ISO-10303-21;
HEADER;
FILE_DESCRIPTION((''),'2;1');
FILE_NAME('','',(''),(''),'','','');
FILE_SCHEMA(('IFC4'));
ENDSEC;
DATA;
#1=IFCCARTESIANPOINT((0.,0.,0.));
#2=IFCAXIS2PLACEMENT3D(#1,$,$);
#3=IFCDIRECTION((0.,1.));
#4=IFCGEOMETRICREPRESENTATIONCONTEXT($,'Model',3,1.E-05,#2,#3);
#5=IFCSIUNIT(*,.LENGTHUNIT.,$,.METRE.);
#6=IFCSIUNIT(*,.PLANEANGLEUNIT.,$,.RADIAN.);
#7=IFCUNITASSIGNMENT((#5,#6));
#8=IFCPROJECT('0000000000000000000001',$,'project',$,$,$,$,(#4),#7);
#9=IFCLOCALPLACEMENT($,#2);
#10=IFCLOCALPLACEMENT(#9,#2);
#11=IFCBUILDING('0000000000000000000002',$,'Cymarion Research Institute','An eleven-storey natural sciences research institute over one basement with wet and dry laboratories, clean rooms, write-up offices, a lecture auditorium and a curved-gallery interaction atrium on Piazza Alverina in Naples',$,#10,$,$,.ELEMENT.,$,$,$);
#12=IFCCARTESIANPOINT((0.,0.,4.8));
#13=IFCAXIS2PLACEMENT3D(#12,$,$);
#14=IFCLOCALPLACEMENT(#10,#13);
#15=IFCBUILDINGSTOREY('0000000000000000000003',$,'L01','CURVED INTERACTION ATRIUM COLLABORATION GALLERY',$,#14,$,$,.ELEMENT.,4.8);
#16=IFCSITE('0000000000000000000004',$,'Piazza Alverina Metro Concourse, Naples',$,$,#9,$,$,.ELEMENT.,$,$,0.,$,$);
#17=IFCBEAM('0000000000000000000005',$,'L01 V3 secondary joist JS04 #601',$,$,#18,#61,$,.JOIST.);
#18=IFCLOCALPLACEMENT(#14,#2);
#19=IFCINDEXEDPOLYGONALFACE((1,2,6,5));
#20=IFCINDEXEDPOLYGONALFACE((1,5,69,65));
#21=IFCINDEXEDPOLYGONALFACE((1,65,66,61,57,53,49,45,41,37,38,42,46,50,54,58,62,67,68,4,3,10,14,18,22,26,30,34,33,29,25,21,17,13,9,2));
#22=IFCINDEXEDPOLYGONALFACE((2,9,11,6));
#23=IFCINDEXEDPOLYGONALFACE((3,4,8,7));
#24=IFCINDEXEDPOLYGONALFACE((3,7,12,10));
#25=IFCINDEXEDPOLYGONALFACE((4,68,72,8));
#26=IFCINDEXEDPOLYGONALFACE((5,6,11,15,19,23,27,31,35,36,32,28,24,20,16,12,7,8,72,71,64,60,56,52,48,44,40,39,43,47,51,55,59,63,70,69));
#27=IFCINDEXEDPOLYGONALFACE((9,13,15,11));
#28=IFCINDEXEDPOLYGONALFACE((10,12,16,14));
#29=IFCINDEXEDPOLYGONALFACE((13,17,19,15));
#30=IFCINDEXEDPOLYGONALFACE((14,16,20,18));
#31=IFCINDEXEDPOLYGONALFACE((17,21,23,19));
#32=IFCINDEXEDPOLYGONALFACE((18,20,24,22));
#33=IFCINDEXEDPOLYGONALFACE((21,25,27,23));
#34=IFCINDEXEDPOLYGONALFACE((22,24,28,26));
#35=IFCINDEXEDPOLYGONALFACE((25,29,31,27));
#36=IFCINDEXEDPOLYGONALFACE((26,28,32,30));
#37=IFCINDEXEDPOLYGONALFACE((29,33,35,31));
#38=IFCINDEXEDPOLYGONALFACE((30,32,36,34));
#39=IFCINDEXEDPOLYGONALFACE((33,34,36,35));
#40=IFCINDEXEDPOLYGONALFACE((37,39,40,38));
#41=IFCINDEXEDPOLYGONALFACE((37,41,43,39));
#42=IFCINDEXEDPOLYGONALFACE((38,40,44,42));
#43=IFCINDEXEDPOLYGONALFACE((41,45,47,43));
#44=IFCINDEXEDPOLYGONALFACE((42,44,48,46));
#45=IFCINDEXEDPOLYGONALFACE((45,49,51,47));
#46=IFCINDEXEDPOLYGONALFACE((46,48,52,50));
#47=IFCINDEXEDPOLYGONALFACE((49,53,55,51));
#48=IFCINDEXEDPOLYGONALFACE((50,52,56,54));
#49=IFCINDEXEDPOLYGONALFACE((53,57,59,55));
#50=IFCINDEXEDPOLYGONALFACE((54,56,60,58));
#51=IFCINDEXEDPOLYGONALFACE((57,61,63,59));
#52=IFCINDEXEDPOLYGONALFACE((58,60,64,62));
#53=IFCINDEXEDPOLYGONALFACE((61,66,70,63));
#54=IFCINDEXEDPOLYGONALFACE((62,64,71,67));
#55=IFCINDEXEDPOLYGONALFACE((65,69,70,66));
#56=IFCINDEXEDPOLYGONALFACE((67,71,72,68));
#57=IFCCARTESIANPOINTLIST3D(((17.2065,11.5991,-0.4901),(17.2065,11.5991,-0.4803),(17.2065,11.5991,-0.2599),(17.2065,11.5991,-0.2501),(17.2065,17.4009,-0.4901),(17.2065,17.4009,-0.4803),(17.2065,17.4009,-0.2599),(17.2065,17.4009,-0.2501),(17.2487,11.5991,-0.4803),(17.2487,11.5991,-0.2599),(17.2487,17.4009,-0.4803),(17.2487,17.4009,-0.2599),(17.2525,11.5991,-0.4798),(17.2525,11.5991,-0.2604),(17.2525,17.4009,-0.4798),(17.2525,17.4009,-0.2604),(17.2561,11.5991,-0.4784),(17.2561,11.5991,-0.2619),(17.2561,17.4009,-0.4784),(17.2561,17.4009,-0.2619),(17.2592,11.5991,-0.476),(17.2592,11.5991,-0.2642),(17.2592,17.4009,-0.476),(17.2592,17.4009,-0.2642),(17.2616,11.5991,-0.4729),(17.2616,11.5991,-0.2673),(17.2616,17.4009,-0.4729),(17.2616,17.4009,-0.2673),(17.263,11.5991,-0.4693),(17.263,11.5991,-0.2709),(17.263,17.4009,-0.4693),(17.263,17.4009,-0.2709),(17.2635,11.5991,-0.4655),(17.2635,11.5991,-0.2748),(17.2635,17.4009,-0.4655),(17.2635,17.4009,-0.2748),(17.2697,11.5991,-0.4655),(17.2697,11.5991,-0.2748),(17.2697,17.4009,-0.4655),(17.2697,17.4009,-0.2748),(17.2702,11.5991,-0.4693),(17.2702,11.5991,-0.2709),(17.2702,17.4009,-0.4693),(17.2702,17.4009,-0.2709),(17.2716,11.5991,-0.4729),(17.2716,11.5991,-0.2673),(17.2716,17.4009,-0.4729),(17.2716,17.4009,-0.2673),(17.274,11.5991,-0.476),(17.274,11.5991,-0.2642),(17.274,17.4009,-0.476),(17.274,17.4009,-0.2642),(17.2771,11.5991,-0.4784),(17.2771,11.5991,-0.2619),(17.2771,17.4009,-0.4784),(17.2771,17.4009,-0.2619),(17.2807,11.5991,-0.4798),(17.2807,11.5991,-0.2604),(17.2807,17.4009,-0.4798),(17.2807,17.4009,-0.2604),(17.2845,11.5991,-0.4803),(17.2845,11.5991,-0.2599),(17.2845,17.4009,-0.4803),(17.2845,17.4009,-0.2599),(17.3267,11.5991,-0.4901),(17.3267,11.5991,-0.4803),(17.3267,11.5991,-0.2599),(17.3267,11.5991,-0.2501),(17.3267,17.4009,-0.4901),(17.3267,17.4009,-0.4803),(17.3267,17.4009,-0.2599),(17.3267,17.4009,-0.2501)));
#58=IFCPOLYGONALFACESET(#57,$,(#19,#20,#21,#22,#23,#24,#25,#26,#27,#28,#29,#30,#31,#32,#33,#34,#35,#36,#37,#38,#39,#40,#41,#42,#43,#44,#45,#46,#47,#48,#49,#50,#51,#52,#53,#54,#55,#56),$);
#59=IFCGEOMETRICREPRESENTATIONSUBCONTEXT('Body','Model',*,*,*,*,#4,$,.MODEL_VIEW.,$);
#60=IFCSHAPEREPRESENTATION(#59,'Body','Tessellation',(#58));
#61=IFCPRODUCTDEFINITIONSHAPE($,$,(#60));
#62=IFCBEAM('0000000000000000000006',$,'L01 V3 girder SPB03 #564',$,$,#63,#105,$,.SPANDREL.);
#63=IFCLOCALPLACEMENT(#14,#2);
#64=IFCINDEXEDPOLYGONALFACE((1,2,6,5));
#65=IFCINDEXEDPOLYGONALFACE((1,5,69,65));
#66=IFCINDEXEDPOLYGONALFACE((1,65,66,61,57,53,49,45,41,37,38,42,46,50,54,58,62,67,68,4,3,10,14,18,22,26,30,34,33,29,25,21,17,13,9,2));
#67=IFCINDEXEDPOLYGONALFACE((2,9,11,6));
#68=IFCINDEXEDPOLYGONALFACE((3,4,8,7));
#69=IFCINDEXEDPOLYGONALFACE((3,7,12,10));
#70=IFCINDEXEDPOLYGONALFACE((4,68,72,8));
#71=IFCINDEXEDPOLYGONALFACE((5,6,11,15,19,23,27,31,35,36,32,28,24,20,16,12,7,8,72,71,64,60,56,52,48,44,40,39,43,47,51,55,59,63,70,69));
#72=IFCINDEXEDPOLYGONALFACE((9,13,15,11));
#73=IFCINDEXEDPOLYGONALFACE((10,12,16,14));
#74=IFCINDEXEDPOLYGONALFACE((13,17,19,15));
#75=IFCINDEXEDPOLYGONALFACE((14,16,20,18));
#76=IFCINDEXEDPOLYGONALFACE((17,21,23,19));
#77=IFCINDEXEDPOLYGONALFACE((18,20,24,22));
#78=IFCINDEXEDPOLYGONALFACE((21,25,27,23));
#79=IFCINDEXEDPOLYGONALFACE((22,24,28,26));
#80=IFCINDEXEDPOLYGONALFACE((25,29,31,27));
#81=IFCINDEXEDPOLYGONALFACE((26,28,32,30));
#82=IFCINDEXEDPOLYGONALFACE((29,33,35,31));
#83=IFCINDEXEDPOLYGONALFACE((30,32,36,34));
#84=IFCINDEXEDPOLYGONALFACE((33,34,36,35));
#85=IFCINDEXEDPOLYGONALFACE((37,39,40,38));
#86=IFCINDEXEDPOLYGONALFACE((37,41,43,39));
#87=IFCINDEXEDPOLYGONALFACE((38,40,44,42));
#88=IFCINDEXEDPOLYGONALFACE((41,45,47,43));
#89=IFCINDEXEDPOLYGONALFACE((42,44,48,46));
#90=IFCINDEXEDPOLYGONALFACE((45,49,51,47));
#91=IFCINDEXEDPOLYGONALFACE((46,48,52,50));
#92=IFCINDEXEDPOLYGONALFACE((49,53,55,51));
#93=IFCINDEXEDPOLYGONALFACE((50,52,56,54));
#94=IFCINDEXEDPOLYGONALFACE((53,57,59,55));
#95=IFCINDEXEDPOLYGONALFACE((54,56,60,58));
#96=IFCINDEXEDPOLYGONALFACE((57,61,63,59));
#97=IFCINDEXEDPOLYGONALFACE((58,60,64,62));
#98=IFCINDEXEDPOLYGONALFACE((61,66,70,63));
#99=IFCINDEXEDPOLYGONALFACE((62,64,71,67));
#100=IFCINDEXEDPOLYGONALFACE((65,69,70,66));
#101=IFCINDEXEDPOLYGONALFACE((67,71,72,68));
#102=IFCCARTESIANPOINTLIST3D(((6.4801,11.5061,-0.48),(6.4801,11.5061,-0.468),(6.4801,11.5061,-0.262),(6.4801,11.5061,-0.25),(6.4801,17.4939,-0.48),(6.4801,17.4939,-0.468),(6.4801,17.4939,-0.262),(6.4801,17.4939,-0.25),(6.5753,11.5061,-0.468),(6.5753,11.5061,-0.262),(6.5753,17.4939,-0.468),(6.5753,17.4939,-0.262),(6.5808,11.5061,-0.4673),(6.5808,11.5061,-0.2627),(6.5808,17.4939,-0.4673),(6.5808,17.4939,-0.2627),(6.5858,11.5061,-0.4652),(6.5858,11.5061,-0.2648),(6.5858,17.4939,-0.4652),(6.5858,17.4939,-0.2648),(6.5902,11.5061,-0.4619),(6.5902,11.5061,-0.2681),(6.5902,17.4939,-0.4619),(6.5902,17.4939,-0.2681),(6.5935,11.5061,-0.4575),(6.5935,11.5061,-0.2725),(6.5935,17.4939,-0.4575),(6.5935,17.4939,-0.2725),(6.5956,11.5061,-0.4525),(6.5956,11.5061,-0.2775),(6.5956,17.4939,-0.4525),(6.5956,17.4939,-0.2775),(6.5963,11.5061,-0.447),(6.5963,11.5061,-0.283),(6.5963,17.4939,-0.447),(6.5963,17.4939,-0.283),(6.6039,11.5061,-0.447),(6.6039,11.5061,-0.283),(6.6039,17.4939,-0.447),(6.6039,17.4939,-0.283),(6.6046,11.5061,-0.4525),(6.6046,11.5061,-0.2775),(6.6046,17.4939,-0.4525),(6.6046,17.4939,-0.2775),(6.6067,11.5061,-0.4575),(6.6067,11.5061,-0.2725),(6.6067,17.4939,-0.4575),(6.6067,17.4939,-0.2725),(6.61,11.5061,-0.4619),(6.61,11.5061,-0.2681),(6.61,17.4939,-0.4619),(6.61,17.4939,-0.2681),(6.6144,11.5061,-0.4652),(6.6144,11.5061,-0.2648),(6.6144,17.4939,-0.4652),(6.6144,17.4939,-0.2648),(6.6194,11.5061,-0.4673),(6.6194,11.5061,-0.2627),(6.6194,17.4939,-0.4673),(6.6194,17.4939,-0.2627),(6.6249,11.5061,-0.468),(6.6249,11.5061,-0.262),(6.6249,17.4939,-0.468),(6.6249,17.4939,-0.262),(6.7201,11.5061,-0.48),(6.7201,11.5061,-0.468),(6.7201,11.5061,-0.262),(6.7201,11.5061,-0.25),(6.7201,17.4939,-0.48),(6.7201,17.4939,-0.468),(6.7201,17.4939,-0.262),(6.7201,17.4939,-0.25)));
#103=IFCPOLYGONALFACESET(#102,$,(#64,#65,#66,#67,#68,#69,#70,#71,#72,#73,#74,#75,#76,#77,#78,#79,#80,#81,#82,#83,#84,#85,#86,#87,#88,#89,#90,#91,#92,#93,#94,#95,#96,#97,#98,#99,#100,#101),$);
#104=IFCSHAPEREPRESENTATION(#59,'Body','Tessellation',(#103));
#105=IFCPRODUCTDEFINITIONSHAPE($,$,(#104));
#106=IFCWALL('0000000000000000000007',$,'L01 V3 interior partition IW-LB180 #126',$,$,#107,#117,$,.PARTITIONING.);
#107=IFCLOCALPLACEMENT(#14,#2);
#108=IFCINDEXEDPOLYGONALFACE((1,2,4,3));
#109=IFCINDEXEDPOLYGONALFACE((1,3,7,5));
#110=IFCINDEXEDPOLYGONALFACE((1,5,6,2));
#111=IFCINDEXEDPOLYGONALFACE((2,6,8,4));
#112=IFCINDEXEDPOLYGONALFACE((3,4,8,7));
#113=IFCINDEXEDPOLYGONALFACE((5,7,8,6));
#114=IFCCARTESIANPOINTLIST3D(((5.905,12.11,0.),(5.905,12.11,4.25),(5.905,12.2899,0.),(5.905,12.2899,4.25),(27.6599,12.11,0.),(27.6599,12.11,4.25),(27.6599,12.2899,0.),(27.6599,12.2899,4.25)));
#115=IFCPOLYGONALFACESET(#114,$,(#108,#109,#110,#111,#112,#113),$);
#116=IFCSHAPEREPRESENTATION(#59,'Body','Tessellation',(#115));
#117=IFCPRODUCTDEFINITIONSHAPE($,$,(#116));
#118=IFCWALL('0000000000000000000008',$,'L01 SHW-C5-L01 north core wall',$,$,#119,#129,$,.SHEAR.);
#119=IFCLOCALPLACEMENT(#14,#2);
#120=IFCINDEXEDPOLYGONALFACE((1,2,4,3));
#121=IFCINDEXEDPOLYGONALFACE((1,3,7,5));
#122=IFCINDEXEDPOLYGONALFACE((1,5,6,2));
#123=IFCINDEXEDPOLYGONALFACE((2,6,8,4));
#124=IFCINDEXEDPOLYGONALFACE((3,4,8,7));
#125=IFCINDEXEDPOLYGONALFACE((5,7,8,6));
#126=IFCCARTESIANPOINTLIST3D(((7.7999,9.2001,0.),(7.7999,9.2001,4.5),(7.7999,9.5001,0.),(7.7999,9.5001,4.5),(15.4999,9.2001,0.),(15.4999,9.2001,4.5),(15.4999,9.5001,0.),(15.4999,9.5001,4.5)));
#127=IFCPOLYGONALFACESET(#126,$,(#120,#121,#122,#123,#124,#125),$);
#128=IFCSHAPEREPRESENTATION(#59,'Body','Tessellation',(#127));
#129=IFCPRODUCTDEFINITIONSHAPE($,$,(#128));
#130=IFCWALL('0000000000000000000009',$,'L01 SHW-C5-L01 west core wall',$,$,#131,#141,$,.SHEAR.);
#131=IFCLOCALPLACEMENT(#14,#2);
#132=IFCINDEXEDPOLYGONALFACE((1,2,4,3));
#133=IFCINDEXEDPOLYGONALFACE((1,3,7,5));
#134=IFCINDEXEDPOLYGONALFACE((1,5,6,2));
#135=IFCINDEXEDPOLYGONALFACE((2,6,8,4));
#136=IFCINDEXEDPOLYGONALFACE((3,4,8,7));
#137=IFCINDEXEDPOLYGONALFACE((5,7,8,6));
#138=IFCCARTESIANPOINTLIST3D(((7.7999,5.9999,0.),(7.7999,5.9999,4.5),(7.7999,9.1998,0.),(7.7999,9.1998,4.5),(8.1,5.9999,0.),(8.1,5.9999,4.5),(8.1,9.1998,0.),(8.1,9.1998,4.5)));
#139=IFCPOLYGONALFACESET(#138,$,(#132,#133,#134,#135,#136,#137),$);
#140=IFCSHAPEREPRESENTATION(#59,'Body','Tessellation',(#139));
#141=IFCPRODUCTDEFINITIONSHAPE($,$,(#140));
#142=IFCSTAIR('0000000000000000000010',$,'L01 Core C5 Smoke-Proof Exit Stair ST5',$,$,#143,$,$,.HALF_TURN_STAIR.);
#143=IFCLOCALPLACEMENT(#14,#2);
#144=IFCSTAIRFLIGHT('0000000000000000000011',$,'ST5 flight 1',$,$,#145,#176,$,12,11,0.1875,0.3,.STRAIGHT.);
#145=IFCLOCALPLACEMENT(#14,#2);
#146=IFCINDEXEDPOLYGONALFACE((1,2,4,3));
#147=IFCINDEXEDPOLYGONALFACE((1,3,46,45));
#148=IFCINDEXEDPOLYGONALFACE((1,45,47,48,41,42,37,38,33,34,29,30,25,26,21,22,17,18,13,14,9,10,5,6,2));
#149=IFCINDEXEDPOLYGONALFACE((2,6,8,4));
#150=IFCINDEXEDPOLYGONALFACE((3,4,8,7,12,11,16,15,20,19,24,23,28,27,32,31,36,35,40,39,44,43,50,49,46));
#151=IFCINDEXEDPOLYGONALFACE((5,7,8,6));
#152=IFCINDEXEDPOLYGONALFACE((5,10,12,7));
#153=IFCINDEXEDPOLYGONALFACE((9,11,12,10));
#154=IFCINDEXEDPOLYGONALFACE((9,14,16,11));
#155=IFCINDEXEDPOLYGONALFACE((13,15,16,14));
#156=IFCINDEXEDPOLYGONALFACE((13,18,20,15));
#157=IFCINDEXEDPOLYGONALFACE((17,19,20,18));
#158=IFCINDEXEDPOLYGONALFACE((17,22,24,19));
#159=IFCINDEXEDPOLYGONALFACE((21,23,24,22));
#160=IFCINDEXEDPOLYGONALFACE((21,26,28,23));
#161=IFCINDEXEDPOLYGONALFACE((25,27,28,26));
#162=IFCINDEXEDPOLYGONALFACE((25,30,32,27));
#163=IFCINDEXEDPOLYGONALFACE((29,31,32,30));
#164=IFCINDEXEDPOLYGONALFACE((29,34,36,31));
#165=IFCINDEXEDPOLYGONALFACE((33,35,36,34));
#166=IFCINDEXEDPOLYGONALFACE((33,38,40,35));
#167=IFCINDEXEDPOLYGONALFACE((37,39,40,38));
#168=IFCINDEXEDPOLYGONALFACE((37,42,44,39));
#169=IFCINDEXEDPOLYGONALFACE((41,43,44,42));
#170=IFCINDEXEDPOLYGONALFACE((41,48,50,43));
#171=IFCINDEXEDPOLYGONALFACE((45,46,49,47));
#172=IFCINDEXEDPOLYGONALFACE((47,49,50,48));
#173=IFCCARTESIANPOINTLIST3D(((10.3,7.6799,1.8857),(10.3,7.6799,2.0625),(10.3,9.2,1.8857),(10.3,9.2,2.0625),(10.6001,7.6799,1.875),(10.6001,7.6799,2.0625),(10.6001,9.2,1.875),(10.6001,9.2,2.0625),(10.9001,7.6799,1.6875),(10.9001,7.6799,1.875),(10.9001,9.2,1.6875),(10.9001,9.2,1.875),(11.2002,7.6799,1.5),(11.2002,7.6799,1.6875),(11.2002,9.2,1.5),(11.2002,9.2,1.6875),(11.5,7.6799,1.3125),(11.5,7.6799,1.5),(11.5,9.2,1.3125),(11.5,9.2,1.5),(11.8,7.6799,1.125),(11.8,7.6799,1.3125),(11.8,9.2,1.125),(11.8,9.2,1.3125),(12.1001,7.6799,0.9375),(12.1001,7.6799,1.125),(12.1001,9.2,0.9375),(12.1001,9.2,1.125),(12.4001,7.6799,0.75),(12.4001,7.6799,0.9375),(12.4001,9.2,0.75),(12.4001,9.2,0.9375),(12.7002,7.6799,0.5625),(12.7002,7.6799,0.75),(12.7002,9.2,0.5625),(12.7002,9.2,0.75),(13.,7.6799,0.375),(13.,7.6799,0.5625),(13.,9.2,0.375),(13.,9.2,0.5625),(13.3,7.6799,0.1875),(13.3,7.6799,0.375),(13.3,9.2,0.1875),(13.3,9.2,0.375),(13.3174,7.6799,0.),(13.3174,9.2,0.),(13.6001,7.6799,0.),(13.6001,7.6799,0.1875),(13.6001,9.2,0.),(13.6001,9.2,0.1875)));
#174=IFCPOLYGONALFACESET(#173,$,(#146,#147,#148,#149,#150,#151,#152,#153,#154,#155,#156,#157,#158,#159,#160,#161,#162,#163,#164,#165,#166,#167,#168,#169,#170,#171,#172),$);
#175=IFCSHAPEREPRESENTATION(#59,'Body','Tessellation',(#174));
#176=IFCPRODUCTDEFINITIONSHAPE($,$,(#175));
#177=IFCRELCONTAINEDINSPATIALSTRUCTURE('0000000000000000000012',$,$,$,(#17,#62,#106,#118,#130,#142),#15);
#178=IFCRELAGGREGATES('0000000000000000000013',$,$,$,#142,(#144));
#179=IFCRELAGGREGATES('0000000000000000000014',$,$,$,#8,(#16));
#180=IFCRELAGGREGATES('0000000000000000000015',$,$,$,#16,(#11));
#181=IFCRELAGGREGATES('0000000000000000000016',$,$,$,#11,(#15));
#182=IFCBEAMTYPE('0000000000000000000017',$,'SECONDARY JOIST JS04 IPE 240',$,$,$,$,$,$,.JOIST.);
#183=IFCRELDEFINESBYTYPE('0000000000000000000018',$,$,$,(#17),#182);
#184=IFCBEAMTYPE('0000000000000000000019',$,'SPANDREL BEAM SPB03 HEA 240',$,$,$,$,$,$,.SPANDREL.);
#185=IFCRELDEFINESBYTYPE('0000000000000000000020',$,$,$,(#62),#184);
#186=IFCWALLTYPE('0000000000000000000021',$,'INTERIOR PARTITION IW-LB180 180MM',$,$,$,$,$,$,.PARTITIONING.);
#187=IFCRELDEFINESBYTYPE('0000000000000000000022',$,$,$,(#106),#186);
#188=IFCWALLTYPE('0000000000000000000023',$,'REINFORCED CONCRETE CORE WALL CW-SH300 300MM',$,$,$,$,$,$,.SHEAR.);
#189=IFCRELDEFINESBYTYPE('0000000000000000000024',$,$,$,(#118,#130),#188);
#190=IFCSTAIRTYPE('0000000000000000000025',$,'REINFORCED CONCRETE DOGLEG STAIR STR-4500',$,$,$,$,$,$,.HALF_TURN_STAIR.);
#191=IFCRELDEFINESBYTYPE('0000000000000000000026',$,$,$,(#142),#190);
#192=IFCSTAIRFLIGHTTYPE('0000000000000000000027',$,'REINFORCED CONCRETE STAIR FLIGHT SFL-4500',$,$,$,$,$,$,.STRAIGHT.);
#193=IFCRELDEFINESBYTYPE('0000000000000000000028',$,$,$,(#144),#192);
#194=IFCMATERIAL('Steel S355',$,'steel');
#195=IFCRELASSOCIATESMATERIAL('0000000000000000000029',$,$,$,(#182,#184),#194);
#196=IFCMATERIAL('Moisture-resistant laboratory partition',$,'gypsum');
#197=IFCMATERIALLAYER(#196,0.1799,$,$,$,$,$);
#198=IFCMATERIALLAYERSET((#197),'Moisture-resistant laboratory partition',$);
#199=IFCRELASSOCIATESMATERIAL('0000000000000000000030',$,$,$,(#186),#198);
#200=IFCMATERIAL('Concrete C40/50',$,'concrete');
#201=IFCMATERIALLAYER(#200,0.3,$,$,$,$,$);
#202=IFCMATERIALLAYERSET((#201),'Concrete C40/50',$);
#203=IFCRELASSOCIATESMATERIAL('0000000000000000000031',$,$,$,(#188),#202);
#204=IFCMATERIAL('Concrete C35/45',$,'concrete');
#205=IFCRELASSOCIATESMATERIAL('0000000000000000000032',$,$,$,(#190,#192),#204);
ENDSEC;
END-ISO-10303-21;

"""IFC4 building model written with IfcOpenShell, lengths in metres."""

from ifc_helpers import new_model, si_unit, direction, frame, frame_2d, origin, origin_2d, place, context, subcontext, project, spatial, polyline, rectangle, i_section, outline, extrude, material, layer, layer_set, material_profile, profile_set, type_object, element, aggregate, save


model = new_model("IFC4")

# Units and contexts
model_context = context("Model", 3, precision=1e-05, world=origin(), true_north=direction((0.0, 1.0)))
body_context = subcontext(model_context, "Body", "Model", "MODEL_VIEW")
ifc_project = project(units=[si_unit("LENGTHUNIT", "METRE"), si_unit("PLANEANGLEUNIT", "RADIAN")], contexts=[model_context])

# Site, building, storey
site_placement = place(None, origin())
site = spatial("IfcSite", under=ifc_project, at=site_placement, Name="Piazza Alverina Metro Concourse, Naples", CompositionType="ELEMENT", RefElevation=0.0)
building_placement = place(site_placement, origin())
building = spatial("IfcBuilding", under=site, at=building_placement, Name="Cymarion Research Institute", Description="An eleven-storey natural sciences research institute over one basement with wet and dry laboratories, clean rooms, write-up offices, a lecture auditorium and a curved-gallery interaction atrium on Piazza Alverina in Naples", CompositionType="ELEMENT")
storey_placement = place(building_placement, frame((0.0, 0.0, 4.8)))
storey = spatial("IfcBuildingStorey", under=building, at=storey_placement, Name="L01", Description="CURVED INTERACTION ATRIUM COLLABORATION GALLERY", CompositionType="ELEMENT", Elevation=4.8)

# Shared definitions
ifc_material_1 = material(Name="Concrete C40/50", Category="concrete")
ifc_material_2 = material(Name="Steel S355", Category="steel")

# Beams
ifc_material_profile_1 = material_profile(ifc_material_2, i_section(OverallWidth=0.1201, OverallDepth=0.24, WebThickness=0.0061, FlangeThickness=0.0098, FilletRadius=0.0149, at=origin_2d()), Name="IPE 240")
ifc_profile_set_1 = profile_set([ifc_material_profile_1], Name="Steel S355")
beam_type_1 = type_object("IfcBeamType", Name="SECONDARY JOIST JS04 IPE 240", PredefinedType="JOIST", material=ifc_profile_set_1)
for number, where, z_axis, x_axis, name in (
    (1, (17.2666, 11.5991, -0.3701), (0.0, 1.0, 0.0), (-1.0, 0.0, 0.0), "L01 V3 secondary joist JS04 #601"),
):
    element("IfcBeam", number, at=place(storey_placement, frame(where, z_axis=z_axis, x_axis=x_axis)), inside=storey, type_object=beam_type_1, Name=name, PredefinedType="JOIST", context=body_context, shape_type="SweptSolid", body=[
        extrude(i_section(OverallWidth=0.1201, OverallDepth=0.24, WebThickness=0.0061, FlangeThickness=0.0098, FilletRadius=0.0149, at=origin_2d()), origin(), (0.0, 0.0, 1.0), 5.8018),
    ])
ifc_material_profile_2 = material_profile(ifc_material_2, i_section(OverallWidth=0.24, OverallDepth=0.23, WebThickness=0.0076, FlangeThickness=0.012, FilletRadius=0.021, at=origin_2d()), Name="HEA 240")
ifc_profile_set_2 = profile_set([ifc_material_profile_2], Name="Steel S355")
beam_type_2 = type_object("IfcBeamType", Name="SPANDREL BEAM SPB03 HEA 240", PredefinedType="SPANDREL", material=ifc_profile_set_2)
beam_1_placement = place(storey_placement, frame((6.6001, 11.5061, -0.365), z_axis=(0.0, 1.0, 0.0), x_axis=(-1.0, 0.0, 0.0)))
element("IfcBeam", 2, at=beam_1_placement, inside=storey, type_object=beam_type_2, Name="L01 V3 girder SPB03 #564", PredefinedType="SPANDREL", context=body_context, shape_type="SweptSolid", body=[
    extrude(i_section(OverallWidth=0.24, OverallDepth=0.23, WebThickness=0.0076, FlangeThickness=0.012, FilletRadius=0.021, at=origin_2d()), origin(), (0.0, 0.0, 1.0), 5.9878),
])

# Walls
ifc_material_3 = material(Name="Moisture-resistant laboratory partition", Category="gypsum")
ifc_layer_1 = layer(ifc_material_3, 0.1799)
ifc_layer_set_1 = layer_set([ifc_layer_1], Name="Moisture-resistant laboratory partition")
wall_type_1 = type_object("IfcWallType", Name="INTERIOR PARTITION IW-LB180 180MM", PredefinedType="PARTITIONING", material=ifc_layer_set_1)
wall_1_placement = place(storey_placement, frame((5.905, 12.2, 0.0), z_axis=(0.0, 0.0, 1.0), x_axis=(1.0, 0.0, 0.0)))
element("IfcWall", 3, at=wall_1_placement, inside=storey, type_object=wall_type_1, Name="L01 V3 interior partition IW-LB180 #126", PredefinedType="PARTITIONING", context=body_context, shape_type="SweptSolid", body=[
    extrude(rectangle(XDim=21.7549, YDim=0.1799, at=frame_2d((10.8774, 0.0))), origin(), (0.0, 0.0, 1.0), 4.25),
])
ifc_layer_2 = layer(ifc_material_1, 0.3)
ifc_layer_set_2 = layer_set([ifc_layer_2], Name="Concrete C40/50")
wall_type_2 = type_object("IfcWallType", Name="REINFORCED CONCRETE CORE WALL CW-SH300 300MM", PredefinedType="SHEAR", material=ifc_layer_set_2)
wall_2_placement = place(storey_placement, frame((15.5, 9.3501, 0.0), z_axis=(0.0, 0.0, 1.0), x_axis=(-1.0, 0.0, 0.0)))
element("IfcWall", 4, at=wall_2_placement, inside=storey, type_object=wall_type_2, Name="L01 SHW-C5-L01 north core wall", PredefinedType="SHEAR", context=body_context, shape_type="SweptSolid", body=[
    extrude(rectangle(XDim=7.7, YDim=0.3, at=frame_2d((3.8501, 0.0))), origin(), (0.0, 0.0, 1.0), 4.5),
])
wall_3_placement = place(storey_placement, frame((7.95, 9.2, 0.0), z_axis=(0.0, 0.0, 1.0), x_axis=(0.0, -1.0, 0.0)))
element("IfcWall", 5, at=wall_3_placement, inside=storey, type_object=wall_type_2, Name="L01 SHW-C5-L01 west core wall", PredefinedType="SHEAR", context=body_context, shape_type="SweptSolid", body=[
    extrude(rectangle(XDim=3.2, YDim=0.3, at=frame_2d((1.6001, 0.0))), origin(), (0.0, 0.0, 1.0), 4.5),
])

# Stair, stair flight
ifc_material_4 = material(Name="Concrete C35/45", Category="concrete")
stair_type = type_object("IfcStairType", Name="REINFORCED CONCRETE DOGLEG STAIR STR-4500", PredefinedType="HALF_TURN_STAIR", material=ifc_material_4)
stair_placement = place(storey_placement, origin())
stair = element("IfcStair", 6, at=stair_placement, inside=storey, type_object=stair_type, Name="L01 Core C5 Smoke-Proof Exit Stair ST5", PredefinedType="HALF_TURN_STAIR")
stair_flight_type = type_object("IfcStairFlightType", Name="REINFORCED CONCRETE STAIR FLIGHT SFL-4500", PredefinedType="STRAIGHT", material=ifc_material_4)
stair_flight_placement = place(storey_placement, frame((13.6001, 8.4399, 0.0), z_axis=(0.0, 0.0, 1.0), x_axis=(-1.0, 0.0, 0.0)))
stair_flight = element("IfcStairFlight", 7, at=stair_flight_placement, type_object=stair_flight_type, Name="ST5 flight 1", NumberOfRisers=12, NumberOfTreads=11, PredefinedType="STRAIGHT", RiserHeight=0.1875, TreadLength=0.3, context=body_context, shape_type="SweptSolid", body=[
    extrude(outline(polyline([(0.0, 0.0), (0.0, 0.1875), (0.3, 0.1875), (0.3, 0.375), (0.6001, 0.375), (0.6001, 0.5625), (0.8999, 0.5625), (0.8999, 0.75), (1.2, 0.75), (1.2, 0.9375), (1.5, 0.9375), (1.5, 1.125), (1.8, 1.125), (1.8, 1.3125), (2.1001, 1.3125), (2.1001, 1.5), (2.3999, 1.5), (2.3999, 1.6875), (2.7, 1.6875), (2.7, 1.875), (3.0, 1.875), (3.0, 2.0625), (3.3, 2.0625), (3.3, 2.25), (3.3, 1.8857), (0.2827, 0.0), (0.0, 0.0)])), frame((0.0, 0.76, 0.0), z_axis=(0.0, -1.0, 0.0), x_axis=(1.0, 0.0, 0.0)), (0.0, 0.0, 1.0), 1.52),
])
aggregate(stair, [stair_flight])

save(model, "model.ifc")
